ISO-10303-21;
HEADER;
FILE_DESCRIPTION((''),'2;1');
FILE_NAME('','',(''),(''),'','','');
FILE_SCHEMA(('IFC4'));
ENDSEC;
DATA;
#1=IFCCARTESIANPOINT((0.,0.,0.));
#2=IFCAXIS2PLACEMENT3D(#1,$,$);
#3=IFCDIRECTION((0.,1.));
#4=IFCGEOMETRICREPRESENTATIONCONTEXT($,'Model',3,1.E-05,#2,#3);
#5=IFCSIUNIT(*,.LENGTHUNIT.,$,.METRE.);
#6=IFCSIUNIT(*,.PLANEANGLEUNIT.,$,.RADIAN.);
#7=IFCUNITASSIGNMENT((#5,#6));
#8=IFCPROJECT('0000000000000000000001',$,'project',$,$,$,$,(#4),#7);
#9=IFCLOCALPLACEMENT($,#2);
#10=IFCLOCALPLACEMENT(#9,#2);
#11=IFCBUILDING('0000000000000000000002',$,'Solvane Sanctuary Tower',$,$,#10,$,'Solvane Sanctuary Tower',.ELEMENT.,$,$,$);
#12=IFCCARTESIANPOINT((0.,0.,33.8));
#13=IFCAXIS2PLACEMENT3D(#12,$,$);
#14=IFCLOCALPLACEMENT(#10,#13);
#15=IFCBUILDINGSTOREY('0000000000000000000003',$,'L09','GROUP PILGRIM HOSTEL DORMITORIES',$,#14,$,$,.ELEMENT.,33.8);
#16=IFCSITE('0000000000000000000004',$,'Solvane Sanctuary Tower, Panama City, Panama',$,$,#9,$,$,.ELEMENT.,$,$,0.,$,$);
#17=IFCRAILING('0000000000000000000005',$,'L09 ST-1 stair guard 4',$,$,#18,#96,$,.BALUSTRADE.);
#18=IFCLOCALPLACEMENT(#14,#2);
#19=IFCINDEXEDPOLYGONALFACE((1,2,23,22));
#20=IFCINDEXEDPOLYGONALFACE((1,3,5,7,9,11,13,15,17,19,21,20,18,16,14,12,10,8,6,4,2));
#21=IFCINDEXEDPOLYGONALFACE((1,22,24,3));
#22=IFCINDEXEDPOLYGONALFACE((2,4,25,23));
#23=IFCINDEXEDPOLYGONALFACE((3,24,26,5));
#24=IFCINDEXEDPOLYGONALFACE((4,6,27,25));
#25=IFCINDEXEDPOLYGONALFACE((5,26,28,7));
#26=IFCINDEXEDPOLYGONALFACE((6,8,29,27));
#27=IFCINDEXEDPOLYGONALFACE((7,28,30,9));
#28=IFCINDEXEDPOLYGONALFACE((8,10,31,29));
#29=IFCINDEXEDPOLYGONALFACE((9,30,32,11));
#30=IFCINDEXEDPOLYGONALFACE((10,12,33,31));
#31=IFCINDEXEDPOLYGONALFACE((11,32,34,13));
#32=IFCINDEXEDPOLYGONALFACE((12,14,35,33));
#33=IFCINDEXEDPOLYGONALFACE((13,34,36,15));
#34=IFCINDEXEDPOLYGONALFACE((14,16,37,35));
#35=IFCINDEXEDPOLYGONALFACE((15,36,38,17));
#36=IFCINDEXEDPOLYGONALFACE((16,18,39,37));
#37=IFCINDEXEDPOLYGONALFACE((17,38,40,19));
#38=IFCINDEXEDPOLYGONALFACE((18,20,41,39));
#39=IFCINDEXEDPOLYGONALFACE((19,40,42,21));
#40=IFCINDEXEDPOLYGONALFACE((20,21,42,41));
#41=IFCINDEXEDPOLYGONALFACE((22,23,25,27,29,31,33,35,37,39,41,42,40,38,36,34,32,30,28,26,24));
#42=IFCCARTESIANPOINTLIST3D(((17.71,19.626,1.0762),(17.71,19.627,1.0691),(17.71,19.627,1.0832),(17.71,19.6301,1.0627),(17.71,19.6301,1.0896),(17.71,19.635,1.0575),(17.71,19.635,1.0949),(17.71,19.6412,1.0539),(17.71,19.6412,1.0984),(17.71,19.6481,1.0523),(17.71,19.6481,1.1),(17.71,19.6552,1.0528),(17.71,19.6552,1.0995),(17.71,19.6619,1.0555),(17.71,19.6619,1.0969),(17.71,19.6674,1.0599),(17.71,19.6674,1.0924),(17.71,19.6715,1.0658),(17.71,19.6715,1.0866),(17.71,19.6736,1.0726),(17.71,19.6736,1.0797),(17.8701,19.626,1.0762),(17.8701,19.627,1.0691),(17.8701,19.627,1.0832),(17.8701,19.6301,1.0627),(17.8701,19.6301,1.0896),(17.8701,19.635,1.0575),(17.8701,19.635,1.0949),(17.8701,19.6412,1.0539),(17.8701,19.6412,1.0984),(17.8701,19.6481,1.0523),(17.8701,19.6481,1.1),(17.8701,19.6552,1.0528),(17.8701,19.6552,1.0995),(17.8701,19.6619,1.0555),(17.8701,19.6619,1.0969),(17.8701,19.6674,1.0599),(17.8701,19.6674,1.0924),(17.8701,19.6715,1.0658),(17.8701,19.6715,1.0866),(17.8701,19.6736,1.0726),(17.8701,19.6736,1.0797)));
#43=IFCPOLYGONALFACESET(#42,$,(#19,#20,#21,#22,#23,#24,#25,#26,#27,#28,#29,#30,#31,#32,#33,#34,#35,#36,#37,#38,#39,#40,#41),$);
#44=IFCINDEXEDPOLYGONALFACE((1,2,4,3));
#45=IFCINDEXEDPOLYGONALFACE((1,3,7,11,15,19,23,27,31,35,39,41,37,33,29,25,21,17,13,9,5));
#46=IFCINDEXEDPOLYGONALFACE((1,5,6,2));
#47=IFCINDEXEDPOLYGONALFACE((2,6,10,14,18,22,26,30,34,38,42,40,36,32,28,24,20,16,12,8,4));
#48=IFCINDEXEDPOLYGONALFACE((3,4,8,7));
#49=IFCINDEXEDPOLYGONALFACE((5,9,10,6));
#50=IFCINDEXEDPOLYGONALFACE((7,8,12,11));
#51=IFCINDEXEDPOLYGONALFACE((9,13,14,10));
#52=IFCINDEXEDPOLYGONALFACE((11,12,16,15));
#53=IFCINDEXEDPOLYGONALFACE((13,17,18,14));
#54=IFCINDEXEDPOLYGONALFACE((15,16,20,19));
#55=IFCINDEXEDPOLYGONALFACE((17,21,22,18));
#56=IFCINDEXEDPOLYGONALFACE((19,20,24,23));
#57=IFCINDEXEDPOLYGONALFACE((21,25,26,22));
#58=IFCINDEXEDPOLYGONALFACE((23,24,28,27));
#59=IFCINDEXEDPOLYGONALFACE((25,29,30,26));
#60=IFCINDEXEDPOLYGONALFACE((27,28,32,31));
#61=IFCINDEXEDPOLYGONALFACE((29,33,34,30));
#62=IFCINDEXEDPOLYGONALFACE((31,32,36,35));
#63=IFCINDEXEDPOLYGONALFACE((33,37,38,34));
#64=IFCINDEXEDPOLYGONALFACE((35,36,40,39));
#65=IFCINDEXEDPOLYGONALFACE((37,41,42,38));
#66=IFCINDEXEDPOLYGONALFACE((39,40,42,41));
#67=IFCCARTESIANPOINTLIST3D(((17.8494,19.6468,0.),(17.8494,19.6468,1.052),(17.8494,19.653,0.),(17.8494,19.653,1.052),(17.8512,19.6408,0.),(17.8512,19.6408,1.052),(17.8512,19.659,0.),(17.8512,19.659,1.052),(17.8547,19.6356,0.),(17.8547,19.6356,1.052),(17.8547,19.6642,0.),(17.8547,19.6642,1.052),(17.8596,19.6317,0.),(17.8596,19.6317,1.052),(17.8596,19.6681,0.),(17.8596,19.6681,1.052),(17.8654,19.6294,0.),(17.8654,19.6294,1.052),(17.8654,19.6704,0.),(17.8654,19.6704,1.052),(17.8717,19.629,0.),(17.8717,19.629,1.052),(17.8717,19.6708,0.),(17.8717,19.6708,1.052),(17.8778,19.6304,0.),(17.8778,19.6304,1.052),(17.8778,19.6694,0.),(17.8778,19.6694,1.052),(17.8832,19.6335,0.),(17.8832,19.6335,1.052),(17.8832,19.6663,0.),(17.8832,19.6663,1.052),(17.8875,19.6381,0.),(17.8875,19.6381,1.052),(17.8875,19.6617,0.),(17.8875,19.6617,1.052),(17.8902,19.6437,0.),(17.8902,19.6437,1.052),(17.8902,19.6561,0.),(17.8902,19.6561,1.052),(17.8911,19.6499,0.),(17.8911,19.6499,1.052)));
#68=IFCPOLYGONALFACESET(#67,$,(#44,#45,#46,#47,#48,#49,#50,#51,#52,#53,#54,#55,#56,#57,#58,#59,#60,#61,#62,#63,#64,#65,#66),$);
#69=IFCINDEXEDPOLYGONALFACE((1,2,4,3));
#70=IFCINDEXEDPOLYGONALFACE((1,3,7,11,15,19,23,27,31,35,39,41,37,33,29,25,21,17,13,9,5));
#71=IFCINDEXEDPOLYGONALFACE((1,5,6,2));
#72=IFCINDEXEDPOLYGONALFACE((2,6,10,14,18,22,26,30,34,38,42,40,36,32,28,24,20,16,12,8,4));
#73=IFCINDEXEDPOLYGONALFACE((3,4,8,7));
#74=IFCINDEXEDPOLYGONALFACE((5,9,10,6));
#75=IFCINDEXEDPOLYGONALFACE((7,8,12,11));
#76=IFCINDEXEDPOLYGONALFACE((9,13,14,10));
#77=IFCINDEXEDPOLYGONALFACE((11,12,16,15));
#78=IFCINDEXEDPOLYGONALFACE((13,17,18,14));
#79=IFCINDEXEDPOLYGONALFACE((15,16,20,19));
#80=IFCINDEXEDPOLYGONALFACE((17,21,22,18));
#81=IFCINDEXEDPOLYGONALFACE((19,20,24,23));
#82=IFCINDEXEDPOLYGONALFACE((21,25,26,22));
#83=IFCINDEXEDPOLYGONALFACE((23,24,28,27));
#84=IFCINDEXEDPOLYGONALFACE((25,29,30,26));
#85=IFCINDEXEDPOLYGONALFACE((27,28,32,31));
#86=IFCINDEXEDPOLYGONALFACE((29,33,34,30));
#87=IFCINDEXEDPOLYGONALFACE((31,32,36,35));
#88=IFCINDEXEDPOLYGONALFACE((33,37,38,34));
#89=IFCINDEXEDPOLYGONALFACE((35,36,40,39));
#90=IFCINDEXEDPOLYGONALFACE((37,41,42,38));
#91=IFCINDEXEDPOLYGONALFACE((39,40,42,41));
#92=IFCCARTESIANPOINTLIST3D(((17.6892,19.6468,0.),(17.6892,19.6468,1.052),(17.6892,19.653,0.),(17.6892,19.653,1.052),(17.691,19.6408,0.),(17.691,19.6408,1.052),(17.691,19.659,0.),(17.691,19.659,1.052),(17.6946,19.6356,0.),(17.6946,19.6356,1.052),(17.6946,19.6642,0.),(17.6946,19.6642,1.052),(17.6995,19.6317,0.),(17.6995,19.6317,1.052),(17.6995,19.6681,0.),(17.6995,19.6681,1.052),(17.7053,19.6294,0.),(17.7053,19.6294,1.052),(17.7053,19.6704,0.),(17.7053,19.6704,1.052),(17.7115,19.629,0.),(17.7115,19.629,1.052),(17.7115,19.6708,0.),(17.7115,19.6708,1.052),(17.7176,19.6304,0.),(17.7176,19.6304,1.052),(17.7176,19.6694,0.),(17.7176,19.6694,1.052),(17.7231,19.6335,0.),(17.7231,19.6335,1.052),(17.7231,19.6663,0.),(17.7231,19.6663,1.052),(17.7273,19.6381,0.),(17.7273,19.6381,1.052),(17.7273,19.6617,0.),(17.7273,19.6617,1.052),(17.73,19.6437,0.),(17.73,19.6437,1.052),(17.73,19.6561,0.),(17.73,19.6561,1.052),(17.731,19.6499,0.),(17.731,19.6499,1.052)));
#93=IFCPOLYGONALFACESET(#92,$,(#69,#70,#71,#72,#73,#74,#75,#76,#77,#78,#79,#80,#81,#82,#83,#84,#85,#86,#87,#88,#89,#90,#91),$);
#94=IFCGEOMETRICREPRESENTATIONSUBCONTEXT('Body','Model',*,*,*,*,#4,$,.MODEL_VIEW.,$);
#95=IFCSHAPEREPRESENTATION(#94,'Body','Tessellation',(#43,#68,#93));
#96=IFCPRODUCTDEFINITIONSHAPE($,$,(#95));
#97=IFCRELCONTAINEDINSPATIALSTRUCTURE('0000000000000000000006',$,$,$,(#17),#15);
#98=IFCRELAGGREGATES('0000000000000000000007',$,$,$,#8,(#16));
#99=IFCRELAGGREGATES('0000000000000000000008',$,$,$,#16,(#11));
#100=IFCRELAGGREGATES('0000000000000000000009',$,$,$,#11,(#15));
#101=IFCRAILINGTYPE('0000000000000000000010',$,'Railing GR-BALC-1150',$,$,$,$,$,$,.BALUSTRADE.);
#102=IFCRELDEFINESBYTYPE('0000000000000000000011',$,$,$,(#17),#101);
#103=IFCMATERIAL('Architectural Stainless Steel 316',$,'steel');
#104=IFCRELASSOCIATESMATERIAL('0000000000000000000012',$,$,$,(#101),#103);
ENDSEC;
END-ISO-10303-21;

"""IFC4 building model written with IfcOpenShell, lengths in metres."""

from ifc_helpers import new_model, si_unit, direction, frame, origin, origin_2d, place, context, subcontext, project, spatial, circle, extrude, material, type_object, element, save


model = new_model("IFC4")

# Units and contexts
model_context = context("Model", 3, precision=1e-05, world=origin(), true_north=direction((0.0, 1.0)))
body_context = subcontext(model_context, "Body", "Model", "MODEL_VIEW")
ifc_project = project(units=[si_unit("LENGTHUNIT", "METRE"), si_unit("PLANEANGLEUNIT", "RADIAN")], contexts=[model_context])

# Site, building, storey
site_placement = place(None, origin())
site = spatial("IfcSite", under=ifc_project, at=site_placement, Name="Solvane Sanctuary Tower, Panama City, Panama", CompositionType="ELEMENT", RefElevation=0.0)
building_placement = place(site_placement, origin())
building = spatial("IfcBuilding", under=site, at=building_placement, Name="Solvane Sanctuary Tower", LongName="Solvane Sanctuary Tower", CompositionType="ELEMENT")
storey_placement = place(building_placement, frame((0.0, 0.0, 33.8)))
storey = spatial("IfcBuildingStorey", under=building, at=storey_placement, Name="L09", Description="GROUP PILGRIM HOSTEL DORMITORIES", CompositionType="ELEMENT", Elevation=33.8)

# Shared definitions
ifc_material_1 = material(Name="Architectural Stainless Steel 316", Category="steel")

# Railing
railing_type_1 = type_object("IfcRailingType", Name="Railing GR-BALC-1150", PredefinedType="BALUSTRADE", material=ifc_material_1)
railing_1_placement = place(storey_placement, frame((17.8701, 19.6499, 0.0)))
element("IfcRailing", 1, at=railing_1_placement, inside=storey, type_object=railing_type_1, Name="L09 ST-1 stair guard 4", PredefinedType="BALUSTRADE", context=body_context, shape_type="SweptSolid", body=[
    extrude(circle(Radius=0.0239, at=origin_2d()), frame((0.0, 0.0, 1.0762), z_axis=(-1.0, 0.0, 0.0), x_axis=(0.0, -1.0, 0.0)), (0.0, 0.0, 1.0), 0.1602),
    extrude(circle(Radius=0.021, at=origin_2d()), origin(), (0.0, 0.0, 1.0), 1.052),
    extrude(circle(Radius=0.021, at=origin_2d()), frame((-0.1602, 0.0, 0.0)), (0.0, 0.0, 1.0), 1.052),
])

save(model, "model.ifc")
